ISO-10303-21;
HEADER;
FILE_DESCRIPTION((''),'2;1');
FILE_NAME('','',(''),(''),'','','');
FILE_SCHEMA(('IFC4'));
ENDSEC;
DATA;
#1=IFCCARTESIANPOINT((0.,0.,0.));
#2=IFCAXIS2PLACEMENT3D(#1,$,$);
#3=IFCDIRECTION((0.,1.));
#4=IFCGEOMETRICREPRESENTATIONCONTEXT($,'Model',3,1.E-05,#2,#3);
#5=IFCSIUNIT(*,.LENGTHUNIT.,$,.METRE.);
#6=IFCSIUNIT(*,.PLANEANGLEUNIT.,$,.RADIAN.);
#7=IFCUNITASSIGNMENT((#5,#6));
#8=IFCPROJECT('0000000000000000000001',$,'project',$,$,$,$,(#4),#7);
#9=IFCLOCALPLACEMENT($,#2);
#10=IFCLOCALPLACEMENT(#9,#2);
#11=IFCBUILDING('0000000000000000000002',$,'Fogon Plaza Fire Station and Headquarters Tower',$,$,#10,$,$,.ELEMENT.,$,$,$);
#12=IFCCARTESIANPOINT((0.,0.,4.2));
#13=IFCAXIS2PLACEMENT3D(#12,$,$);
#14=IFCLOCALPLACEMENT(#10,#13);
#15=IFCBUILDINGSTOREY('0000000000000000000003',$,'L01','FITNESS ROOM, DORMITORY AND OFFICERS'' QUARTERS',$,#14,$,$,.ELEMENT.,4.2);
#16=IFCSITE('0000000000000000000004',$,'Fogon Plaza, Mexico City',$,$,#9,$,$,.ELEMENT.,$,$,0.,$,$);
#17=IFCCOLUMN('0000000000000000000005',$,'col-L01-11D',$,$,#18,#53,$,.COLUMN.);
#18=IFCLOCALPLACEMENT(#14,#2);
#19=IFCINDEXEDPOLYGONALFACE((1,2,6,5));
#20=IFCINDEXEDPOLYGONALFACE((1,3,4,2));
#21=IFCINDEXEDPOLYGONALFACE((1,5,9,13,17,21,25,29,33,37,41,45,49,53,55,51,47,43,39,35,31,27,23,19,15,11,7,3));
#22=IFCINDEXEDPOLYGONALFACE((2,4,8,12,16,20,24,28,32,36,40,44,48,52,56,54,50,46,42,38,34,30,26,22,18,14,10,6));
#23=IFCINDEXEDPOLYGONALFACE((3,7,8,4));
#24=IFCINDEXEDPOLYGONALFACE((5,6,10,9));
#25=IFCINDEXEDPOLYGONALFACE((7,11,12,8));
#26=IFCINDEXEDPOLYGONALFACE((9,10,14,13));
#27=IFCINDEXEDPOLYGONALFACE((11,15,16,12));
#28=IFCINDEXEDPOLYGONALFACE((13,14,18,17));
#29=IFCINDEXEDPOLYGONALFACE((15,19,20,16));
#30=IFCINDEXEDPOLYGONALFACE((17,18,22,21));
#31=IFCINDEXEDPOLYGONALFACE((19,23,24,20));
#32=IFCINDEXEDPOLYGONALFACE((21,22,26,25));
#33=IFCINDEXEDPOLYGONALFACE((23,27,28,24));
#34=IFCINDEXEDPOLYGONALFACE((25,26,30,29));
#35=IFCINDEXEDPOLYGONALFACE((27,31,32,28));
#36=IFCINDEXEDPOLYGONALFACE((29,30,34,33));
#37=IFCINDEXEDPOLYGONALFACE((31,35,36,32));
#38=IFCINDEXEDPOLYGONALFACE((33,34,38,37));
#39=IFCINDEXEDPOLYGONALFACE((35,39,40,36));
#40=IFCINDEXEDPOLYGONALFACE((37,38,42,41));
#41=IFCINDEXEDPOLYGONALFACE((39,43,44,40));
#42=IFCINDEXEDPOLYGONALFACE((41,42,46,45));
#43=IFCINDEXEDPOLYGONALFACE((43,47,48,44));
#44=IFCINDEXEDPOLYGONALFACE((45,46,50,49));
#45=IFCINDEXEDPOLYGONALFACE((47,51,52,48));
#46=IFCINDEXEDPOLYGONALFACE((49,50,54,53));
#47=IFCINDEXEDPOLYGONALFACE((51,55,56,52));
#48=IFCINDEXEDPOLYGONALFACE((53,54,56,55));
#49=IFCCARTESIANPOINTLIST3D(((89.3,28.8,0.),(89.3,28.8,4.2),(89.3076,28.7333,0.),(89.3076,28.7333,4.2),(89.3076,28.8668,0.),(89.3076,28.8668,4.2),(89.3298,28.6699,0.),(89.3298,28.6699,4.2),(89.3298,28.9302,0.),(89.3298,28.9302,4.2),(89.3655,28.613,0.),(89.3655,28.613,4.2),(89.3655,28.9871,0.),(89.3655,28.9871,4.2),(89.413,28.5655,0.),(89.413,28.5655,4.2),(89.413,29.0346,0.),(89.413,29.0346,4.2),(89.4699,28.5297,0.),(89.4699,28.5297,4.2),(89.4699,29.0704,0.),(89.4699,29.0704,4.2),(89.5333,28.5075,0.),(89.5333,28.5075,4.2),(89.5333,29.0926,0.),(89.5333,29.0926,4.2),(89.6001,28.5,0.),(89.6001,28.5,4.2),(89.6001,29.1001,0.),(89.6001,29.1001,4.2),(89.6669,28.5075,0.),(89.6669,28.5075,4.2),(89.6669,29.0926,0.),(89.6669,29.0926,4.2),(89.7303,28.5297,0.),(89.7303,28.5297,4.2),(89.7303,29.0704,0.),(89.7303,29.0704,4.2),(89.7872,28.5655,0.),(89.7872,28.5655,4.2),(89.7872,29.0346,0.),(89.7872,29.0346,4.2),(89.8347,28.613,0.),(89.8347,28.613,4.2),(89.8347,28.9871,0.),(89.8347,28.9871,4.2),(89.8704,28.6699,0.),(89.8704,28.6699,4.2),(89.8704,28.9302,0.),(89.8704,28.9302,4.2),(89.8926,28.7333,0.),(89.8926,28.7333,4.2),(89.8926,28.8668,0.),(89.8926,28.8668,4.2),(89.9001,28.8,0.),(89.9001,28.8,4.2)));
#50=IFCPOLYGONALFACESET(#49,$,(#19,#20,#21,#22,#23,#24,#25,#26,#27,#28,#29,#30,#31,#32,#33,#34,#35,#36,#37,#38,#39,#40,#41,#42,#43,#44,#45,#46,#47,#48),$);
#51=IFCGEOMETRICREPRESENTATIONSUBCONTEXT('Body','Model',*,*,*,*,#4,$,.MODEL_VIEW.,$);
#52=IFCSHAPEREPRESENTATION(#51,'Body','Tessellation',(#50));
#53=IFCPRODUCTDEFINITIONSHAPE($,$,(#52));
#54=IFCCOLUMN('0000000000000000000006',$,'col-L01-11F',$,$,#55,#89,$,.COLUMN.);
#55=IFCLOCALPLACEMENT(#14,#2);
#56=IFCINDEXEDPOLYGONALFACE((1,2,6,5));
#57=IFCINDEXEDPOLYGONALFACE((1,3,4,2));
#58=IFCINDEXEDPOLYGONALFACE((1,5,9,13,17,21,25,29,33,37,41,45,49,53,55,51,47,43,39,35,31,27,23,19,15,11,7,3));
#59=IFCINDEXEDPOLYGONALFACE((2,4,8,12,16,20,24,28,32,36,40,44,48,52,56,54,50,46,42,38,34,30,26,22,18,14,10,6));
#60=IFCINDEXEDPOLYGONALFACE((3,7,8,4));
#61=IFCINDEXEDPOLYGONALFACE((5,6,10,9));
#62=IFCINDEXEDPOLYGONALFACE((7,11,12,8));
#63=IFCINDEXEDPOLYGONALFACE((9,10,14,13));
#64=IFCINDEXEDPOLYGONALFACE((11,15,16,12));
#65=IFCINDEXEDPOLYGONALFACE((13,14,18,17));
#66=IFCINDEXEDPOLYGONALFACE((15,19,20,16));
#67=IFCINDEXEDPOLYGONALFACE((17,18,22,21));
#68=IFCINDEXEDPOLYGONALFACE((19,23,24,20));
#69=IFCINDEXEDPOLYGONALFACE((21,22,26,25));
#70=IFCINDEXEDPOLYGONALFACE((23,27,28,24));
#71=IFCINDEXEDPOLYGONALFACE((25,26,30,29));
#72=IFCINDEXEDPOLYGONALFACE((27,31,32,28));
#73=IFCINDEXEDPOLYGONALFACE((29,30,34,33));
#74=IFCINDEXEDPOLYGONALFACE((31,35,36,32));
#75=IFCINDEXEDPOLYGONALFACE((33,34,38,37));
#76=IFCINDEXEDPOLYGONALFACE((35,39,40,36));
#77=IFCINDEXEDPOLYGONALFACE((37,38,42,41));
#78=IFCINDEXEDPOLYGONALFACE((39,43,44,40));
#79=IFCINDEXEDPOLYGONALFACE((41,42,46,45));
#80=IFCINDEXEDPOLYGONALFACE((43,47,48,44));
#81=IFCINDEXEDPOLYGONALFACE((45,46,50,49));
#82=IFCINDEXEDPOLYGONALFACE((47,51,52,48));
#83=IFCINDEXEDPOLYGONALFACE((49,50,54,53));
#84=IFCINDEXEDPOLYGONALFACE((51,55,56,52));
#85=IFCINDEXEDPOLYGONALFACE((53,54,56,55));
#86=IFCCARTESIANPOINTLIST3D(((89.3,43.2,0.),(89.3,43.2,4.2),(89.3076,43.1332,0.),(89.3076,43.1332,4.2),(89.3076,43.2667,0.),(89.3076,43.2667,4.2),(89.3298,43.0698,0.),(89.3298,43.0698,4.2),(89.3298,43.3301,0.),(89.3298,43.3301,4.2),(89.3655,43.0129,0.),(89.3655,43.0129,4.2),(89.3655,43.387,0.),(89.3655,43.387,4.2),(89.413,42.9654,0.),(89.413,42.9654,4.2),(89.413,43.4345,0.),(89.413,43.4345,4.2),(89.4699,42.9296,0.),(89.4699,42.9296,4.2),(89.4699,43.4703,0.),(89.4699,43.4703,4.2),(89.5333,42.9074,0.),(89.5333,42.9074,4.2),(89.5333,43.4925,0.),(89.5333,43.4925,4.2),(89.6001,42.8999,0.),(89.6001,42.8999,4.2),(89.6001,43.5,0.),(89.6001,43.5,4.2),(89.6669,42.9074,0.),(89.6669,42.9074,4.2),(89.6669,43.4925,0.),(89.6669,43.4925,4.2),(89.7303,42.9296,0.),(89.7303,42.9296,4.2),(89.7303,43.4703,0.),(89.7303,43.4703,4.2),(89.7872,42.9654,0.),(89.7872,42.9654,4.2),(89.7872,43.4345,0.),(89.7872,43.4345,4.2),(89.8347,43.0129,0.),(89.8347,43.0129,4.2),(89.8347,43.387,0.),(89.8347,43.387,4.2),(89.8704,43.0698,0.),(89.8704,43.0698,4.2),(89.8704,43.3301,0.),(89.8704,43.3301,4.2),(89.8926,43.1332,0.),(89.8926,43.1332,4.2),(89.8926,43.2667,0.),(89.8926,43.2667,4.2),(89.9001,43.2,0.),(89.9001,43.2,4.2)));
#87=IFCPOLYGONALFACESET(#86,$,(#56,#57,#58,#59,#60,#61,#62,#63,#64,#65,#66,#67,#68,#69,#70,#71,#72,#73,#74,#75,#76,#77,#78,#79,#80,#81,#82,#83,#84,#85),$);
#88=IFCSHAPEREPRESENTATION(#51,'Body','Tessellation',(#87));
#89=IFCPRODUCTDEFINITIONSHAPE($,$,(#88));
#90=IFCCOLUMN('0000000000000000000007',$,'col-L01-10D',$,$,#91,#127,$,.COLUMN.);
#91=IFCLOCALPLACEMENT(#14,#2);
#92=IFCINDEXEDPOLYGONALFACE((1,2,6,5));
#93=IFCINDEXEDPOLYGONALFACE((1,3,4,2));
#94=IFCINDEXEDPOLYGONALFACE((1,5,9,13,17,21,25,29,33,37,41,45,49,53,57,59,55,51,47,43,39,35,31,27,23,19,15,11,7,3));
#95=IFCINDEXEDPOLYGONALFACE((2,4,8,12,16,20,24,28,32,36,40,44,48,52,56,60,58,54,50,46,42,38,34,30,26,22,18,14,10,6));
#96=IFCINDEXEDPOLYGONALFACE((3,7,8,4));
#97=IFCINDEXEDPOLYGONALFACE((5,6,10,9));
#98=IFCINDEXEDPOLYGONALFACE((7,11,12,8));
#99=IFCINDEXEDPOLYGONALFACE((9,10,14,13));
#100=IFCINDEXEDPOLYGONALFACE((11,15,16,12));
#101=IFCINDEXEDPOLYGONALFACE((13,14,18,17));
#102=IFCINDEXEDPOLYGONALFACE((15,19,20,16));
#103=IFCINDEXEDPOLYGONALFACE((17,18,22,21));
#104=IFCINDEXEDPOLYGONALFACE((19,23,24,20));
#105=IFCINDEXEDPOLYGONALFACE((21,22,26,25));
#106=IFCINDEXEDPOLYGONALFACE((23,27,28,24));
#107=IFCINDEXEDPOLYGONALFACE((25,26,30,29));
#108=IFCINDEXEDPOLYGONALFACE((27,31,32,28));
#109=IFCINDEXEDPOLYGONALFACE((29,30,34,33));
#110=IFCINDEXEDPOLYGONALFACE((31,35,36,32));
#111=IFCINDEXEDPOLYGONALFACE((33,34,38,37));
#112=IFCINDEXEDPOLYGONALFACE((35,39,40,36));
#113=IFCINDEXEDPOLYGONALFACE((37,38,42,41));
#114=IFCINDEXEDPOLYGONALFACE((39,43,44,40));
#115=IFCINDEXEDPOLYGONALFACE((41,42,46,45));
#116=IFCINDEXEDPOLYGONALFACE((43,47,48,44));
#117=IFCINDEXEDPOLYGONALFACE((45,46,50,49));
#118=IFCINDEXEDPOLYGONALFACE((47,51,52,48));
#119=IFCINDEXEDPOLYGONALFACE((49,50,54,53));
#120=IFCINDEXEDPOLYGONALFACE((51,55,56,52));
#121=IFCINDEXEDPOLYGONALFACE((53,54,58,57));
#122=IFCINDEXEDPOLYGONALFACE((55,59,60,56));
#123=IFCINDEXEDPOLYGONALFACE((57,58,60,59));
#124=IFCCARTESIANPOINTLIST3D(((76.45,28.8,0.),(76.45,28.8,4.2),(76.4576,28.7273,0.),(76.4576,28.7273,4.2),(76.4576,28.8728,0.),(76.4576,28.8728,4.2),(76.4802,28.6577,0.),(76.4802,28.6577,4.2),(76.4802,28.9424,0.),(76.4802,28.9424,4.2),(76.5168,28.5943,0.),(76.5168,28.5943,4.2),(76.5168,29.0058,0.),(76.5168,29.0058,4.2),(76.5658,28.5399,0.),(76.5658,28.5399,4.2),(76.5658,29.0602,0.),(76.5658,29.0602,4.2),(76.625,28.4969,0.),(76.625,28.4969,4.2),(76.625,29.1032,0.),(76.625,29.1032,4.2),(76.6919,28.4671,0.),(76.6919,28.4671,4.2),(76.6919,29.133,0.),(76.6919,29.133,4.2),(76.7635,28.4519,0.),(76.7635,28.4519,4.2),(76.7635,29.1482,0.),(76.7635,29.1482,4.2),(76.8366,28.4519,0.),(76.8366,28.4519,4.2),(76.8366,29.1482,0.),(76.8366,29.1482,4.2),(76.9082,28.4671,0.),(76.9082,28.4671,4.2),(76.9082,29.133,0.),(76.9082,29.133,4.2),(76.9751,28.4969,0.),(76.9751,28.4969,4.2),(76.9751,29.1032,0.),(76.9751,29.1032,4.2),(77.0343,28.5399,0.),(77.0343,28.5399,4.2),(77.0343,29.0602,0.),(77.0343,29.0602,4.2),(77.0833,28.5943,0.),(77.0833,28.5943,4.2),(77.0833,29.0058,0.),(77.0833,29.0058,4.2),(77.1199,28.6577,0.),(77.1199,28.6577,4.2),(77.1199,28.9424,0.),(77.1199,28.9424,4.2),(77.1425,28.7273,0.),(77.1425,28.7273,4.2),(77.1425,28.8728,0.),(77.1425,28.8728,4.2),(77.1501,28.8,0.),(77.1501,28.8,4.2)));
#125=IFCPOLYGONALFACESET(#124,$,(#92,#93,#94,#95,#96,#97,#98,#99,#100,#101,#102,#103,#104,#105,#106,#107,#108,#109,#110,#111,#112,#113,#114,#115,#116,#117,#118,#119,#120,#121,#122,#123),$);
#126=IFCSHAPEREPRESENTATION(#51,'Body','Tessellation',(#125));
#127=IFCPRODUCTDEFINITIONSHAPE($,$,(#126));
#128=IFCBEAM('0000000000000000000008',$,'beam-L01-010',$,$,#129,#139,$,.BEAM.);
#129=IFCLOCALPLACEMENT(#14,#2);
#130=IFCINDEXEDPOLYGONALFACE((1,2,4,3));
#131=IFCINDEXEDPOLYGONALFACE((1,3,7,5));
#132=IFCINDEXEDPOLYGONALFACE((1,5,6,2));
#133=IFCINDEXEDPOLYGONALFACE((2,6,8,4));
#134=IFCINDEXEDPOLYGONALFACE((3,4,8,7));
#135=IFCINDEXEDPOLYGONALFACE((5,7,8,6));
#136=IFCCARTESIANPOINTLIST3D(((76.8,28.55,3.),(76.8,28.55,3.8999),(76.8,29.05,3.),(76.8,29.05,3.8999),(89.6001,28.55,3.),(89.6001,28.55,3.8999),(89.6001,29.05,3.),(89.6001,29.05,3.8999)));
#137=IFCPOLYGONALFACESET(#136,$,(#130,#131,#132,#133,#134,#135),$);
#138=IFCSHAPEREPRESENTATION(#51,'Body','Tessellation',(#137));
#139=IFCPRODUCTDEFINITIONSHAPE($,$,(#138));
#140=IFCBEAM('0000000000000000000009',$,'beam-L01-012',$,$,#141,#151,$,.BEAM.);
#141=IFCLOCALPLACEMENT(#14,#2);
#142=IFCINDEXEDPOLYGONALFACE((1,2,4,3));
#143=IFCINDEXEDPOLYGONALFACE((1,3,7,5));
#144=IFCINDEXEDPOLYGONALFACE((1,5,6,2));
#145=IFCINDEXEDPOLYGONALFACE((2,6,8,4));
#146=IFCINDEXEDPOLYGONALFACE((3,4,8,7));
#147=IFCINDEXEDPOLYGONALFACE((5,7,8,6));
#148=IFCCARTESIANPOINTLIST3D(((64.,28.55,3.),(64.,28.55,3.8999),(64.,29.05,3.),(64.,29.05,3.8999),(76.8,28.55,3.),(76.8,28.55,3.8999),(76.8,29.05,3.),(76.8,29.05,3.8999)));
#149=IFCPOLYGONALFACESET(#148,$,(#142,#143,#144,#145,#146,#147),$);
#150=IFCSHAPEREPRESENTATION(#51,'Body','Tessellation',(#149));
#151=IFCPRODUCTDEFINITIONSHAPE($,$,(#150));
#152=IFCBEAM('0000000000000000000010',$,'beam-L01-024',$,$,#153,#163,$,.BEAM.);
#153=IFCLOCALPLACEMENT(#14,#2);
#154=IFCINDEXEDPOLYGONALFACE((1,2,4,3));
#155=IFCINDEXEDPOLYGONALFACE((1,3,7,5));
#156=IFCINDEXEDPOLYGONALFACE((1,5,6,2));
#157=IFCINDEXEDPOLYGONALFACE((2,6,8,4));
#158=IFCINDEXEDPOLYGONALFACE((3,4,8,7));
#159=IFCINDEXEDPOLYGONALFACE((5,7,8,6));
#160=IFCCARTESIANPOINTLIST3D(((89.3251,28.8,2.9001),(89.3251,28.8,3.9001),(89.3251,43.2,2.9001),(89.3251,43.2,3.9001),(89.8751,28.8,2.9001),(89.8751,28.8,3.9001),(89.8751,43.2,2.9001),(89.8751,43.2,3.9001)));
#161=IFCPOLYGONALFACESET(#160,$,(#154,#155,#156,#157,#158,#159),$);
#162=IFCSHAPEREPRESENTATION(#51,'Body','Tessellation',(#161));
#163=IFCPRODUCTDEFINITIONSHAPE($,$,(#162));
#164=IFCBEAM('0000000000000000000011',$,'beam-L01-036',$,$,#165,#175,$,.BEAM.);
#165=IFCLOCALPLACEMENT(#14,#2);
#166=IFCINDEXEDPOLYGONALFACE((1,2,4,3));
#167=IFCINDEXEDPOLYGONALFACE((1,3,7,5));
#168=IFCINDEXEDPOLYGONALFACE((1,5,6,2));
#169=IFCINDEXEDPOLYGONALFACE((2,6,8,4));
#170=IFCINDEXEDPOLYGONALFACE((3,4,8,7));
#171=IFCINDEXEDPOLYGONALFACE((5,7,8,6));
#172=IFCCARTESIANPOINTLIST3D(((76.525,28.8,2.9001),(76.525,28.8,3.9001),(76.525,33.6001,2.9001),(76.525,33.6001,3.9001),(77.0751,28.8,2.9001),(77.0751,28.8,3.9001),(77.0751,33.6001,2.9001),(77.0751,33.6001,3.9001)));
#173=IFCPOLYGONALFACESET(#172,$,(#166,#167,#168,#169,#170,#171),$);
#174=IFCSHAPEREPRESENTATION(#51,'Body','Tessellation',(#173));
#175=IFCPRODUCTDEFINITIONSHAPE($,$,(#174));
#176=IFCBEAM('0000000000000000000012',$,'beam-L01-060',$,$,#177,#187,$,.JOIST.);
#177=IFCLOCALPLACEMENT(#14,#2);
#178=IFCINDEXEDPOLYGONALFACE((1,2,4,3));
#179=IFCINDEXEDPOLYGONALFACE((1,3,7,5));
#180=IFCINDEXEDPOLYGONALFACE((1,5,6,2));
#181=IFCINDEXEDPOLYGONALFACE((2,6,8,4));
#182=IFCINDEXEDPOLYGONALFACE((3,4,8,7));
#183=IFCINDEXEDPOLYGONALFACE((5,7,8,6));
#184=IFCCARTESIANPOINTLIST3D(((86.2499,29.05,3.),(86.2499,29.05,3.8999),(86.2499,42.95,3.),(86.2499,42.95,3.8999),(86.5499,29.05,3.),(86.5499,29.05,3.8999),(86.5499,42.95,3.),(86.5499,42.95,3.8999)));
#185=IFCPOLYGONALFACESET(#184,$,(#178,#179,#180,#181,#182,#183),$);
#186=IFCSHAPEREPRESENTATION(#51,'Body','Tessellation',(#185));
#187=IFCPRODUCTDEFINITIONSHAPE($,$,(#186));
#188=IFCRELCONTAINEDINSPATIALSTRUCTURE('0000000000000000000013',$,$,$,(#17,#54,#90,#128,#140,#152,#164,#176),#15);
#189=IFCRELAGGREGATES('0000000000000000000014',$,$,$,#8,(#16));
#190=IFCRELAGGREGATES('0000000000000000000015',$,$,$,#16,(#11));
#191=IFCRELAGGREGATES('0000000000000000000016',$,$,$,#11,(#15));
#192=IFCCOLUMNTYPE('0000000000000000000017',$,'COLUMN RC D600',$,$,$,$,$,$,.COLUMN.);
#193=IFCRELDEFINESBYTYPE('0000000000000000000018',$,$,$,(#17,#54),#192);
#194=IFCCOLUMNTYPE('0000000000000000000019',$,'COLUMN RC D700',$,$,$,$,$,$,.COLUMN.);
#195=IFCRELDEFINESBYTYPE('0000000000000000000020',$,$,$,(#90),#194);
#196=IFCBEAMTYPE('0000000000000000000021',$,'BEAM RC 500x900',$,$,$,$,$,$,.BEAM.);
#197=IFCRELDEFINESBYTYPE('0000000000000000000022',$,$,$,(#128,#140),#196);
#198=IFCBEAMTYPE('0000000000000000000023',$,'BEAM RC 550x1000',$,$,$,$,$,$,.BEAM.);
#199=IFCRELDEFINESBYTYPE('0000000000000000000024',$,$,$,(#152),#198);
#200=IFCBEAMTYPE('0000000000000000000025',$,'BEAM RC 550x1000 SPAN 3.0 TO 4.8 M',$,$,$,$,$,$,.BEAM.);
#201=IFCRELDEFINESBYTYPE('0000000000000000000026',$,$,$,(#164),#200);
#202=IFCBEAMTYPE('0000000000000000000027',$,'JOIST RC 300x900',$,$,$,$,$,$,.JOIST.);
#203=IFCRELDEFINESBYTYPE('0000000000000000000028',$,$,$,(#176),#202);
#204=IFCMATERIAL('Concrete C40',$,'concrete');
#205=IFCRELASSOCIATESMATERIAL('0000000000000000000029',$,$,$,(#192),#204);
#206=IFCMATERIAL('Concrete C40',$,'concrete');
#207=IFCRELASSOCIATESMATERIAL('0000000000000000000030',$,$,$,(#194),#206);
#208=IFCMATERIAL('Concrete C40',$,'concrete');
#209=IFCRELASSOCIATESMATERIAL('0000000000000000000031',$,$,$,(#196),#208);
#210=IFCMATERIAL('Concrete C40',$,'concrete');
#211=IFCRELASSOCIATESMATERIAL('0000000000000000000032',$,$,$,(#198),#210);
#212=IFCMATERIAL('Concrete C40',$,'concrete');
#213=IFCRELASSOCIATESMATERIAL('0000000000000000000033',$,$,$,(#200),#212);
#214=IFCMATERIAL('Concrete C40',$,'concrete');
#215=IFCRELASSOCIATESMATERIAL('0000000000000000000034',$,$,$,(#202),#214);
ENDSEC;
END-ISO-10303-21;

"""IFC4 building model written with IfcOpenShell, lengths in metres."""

from ifc_helpers import new_model, si_unit, direction, frame, origin, origin_2d, place, context, subcontext, project, spatial, rectangle, circle, extrude, material, material_profile, profile_set, type_object, element, save


model = new_model("IFC4")

# Units and contexts
model_context = context("Model", 3, precision=1e-05, world=origin(), true_north=direction((0.0, 1.0)))
body_context = subcontext(model_context, "Body", "Model", "MODEL_VIEW")
ifc_project = project(units=[si_unit("LENGTHUNIT", "METRE"), si_unit("PLANEANGLEUNIT", "RADIAN")], contexts=[model_context])

# Site, building, storey
site_placement = place(None, origin())
site = spatial("IfcSite", under=ifc_project, at=site_placement, Name="Fogon Plaza, Mexico City", CompositionType="ELEMENT", RefElevation=0.0)
building_placement = place(site_placement, origin())
building = spatial("IfcBuilding", under=site, at=building_placement, Name="Fogon Plaza Fire Station and Headquarters Tower", CompositionType="ELEMENT")
storey_placement = place(building_placement, frame((0.0, 0.0, 4.2)))
storey = spatial("IfcBuildingStorey", under=building, at=storey_placement, Name="L01", Description="FITNESS ROOM, DORMITORY AND OFFICERS' QUARTERS", CompositionType="ELEMENT", Elevation=4.2)

# Columns
ifc_material_1 = material(Name="Concrete C40", Category="concrete")
ifc_material_profile_1 = material_profile(ifc_material_1, circle(Radius=0.3, at=origin_2d()), Name="RC D600")
ifc_profile_set_1 = profile_set([ifc_material_profile_1], Name="Concrete C40")
column_type_1 = type_object("IfcColumnType", Name="COLUMN RC D600", PredefinedType="COLUMN", material=ifc_profile_set_1)
for number, where, z_axis, x_axis, name in (
    (1, (89.6001, 28.8, 0.0), (0.0, 0.0, 1.0), (1.0, 0.0, 0.0), "col-L01-11D"),
    (2, (89.6001, 43.2, 0.0), (0.0, 0.0, 1.0), (1.0, 0.0, 0.0), "col-L01-11F"),
):
    element("IfcColumn", number, at=place(storey_placement, frame(where, z_axis=z_axis, x_axis=x_axis)), inside=storey, type_object=column_type_1, Name=name, PredefinedType="COLUMN", context=body_context, shape_type="SweptSolid", body=[
        extrude(circle(Radius=0.3, at=origin_2d()), origin(), (0.0, 0.0, 1.0), 4.2),
    ])
ifc_material_2 = material(Name="Concrete C40", Category="concrete")
ifc_material_profile_2 = material_profile(ifc_material_2, circle(Radius=0.3501, at=origin_2d()), Name="RC D700")
ifc_profile_set_2 = profile_set([ifc_material_profile_2], Name="Concrete C40")
column_type_2 = type_object("IfcColumnType", Name="COLUMN RC D700", PredefinedType="COLUMN", material=ifc_profile_set_2)
column_placement = place(storey_placement, frame((76.8, 28.8, 0.0), z_axis=(0.0, 0.0, 1.0), x_axis=(1.0, 0.0, 0.0)))
element("IfcColumn", 3, at=column_placement, inside=storey, type_object=column_type_2, Name="col-L01-10D", PredefinedType="COLUMN", context=body_context, shape_type="SweptSolid", body=[
    extrude(circle(Radius=0.3501, at=origin_2d()), origin(), (0.0, 0.0, 1.0), 4.2),
])

# Beams
ifc_material_3 = material(Name="Concrete C40", Category="concrete")
ifc_material_profile_3 = material_profile(ifc_material_3, rectangle(XDim=0.5, YDim=0.8999, at=origin_2d()), Name="RC 500x900")
ifc_profile_set_3 = profile_set([ifc_material_profile_3], Name="Concrete C40")
beam_type_1 = type_object("IfcBeamType", Name="BEAM RC 500x900", PredefinedType="BEAM", material=ifc_profile_set_3)
for number, where, z_axis, x_axis, name in (
    (4, (89.6001, 28.8, 3.45), (-1.0, 0.0, 0.0), (0.0, -1.0, 0.0), "beam-L01-010"),
    (5, (76.8, 28.8, 3.45), (-1.0, 0.0, 0.0), (0.0, -1.0, 0.0), "beam-L01-012"),
):
    element("IfcBeam", number, at=place(storey_placement, frame(where, z_axis=z_axis, x_axis=x_axis)), inside=storey, type_object=beam_type_1, Name=name, PredefinedType="BEAM", context=body_context, shape_type="SweptSolid", body=[
        extrude(rectangle(XDim=0.5, YDim=0.8999, at=origin_2d()), origin(), (0.0, 0.0, 1.0), 12.8),
    ])
ifc_material_4 = material(Name="Concrete C40", Category="concrete")
ifc_material_profile_4 = material_profile(ifc_material_4, rectangle(XDim=0.55, YDim=1.0, at=origin_2d()), Name="RC 550x1000")
ifc_profile_set_4 = profile_set([ifc_material_profile_4], Name="Concrete C40")
beam_type_2 = type_object("IfcBeamType", Name="BEAM RC 550x1000", PredefinedType="BEAM", material=ifc_profile_set_4)
beam_1_placement = place(storey_placement, frame((89.6001, 28.8, 3.4001), z_axis=(0.0, 1.0, 0.0), x_axis=(-1.0, 0.0, 0.0)))
element("IfcBeam", 6, at=beam_1_placement, inside=storey, type_object=beam_type_2, Name="beam-L01-024", PredefinedType="BEAM", context=body_context, shape_type="SweptSolid", body=[
    extrude(rectangle(XDim=0.55, YDim=1.0, at=origin_2d()), origin(), (0.0, 0.0, 1.0), 14.3999),
])
ifc_material_5 = material(Name="Concrete C40", Category="concrete")
ifc_material_profile_5 = material_profile(ifc_material_5, rectangle(XDim=0.55, YDim=1.0, at=origin_2d()), Name="RC 550x1000")
ifc_profile_set_5 = profile_set([ifc_material_profile_5], Name="Concrete C40")
beam_type_3 = type_object("IfcBeamType", Name="BEAM RC 550x1000 SPAN 3.0 TO 4.8 M", PredefinedType="BEAM", material=ifc_profile_set_5)
beam_2_placement = place(storey_placement, frame((76.8, 28.8, 3.4001), z_axis=(0.0, 1.0, 0.0), x_axis=(-1.0, 0.0, 0.0)))
element("IfcBeam", 7, at=beam_2_placement, inside=storey, type_object=beam_type_3, Name="beam-L01-036", PredefinedType="BEAM", context=body_context, shape_type="SweptSolid", body=[
    extrude(rectangle(XDim=0.55, YDim=1.0, at=origin_2d()), origin(), (0.0, 0.0, 1.0), 4.8),
])
ifc_material_6 = material(Name="Concrete C40", Category="concrete")
ifc_material_profile_6 = material_profile(ifc_material_6, rectangle(XDim=0.3, YDim=0.8999, at=origin_2d()), Name="RC 300x900")
ifc_profile_set_6 = profile_set([ifc_material_profile_6], Name="Concrete C40")
beam_type_4 = type_object("IfcBeamType", Name="JOIST RC 300x900", PredefinedType="JOIST", material=ifc_profile_set_6)
for number, where, z_axis, x_axis, name in (
    (8, (86.3999, 29.05, 3.45), (0.0, 1.0, 0.0), (-1.0, 0.0, 0.0), "beam-L01-060"),
):
    element("IfcBeam", number, at=place(storey_placement, frame(where, z_axis=z_axis, x_axis=x_axis)), inside=storey, type_object=beam_type_4, Name=name, PredefinedType="JOIST", context=body_context, shape_type="SweptSolid", body=[
        extrude(rectangle(XDim=0.3, YDim=0.8999, at=origin_2d()), origin(), (0.0, 0.0, 1.0), 13.8999),
    ])

save(model, "model.ifc")
